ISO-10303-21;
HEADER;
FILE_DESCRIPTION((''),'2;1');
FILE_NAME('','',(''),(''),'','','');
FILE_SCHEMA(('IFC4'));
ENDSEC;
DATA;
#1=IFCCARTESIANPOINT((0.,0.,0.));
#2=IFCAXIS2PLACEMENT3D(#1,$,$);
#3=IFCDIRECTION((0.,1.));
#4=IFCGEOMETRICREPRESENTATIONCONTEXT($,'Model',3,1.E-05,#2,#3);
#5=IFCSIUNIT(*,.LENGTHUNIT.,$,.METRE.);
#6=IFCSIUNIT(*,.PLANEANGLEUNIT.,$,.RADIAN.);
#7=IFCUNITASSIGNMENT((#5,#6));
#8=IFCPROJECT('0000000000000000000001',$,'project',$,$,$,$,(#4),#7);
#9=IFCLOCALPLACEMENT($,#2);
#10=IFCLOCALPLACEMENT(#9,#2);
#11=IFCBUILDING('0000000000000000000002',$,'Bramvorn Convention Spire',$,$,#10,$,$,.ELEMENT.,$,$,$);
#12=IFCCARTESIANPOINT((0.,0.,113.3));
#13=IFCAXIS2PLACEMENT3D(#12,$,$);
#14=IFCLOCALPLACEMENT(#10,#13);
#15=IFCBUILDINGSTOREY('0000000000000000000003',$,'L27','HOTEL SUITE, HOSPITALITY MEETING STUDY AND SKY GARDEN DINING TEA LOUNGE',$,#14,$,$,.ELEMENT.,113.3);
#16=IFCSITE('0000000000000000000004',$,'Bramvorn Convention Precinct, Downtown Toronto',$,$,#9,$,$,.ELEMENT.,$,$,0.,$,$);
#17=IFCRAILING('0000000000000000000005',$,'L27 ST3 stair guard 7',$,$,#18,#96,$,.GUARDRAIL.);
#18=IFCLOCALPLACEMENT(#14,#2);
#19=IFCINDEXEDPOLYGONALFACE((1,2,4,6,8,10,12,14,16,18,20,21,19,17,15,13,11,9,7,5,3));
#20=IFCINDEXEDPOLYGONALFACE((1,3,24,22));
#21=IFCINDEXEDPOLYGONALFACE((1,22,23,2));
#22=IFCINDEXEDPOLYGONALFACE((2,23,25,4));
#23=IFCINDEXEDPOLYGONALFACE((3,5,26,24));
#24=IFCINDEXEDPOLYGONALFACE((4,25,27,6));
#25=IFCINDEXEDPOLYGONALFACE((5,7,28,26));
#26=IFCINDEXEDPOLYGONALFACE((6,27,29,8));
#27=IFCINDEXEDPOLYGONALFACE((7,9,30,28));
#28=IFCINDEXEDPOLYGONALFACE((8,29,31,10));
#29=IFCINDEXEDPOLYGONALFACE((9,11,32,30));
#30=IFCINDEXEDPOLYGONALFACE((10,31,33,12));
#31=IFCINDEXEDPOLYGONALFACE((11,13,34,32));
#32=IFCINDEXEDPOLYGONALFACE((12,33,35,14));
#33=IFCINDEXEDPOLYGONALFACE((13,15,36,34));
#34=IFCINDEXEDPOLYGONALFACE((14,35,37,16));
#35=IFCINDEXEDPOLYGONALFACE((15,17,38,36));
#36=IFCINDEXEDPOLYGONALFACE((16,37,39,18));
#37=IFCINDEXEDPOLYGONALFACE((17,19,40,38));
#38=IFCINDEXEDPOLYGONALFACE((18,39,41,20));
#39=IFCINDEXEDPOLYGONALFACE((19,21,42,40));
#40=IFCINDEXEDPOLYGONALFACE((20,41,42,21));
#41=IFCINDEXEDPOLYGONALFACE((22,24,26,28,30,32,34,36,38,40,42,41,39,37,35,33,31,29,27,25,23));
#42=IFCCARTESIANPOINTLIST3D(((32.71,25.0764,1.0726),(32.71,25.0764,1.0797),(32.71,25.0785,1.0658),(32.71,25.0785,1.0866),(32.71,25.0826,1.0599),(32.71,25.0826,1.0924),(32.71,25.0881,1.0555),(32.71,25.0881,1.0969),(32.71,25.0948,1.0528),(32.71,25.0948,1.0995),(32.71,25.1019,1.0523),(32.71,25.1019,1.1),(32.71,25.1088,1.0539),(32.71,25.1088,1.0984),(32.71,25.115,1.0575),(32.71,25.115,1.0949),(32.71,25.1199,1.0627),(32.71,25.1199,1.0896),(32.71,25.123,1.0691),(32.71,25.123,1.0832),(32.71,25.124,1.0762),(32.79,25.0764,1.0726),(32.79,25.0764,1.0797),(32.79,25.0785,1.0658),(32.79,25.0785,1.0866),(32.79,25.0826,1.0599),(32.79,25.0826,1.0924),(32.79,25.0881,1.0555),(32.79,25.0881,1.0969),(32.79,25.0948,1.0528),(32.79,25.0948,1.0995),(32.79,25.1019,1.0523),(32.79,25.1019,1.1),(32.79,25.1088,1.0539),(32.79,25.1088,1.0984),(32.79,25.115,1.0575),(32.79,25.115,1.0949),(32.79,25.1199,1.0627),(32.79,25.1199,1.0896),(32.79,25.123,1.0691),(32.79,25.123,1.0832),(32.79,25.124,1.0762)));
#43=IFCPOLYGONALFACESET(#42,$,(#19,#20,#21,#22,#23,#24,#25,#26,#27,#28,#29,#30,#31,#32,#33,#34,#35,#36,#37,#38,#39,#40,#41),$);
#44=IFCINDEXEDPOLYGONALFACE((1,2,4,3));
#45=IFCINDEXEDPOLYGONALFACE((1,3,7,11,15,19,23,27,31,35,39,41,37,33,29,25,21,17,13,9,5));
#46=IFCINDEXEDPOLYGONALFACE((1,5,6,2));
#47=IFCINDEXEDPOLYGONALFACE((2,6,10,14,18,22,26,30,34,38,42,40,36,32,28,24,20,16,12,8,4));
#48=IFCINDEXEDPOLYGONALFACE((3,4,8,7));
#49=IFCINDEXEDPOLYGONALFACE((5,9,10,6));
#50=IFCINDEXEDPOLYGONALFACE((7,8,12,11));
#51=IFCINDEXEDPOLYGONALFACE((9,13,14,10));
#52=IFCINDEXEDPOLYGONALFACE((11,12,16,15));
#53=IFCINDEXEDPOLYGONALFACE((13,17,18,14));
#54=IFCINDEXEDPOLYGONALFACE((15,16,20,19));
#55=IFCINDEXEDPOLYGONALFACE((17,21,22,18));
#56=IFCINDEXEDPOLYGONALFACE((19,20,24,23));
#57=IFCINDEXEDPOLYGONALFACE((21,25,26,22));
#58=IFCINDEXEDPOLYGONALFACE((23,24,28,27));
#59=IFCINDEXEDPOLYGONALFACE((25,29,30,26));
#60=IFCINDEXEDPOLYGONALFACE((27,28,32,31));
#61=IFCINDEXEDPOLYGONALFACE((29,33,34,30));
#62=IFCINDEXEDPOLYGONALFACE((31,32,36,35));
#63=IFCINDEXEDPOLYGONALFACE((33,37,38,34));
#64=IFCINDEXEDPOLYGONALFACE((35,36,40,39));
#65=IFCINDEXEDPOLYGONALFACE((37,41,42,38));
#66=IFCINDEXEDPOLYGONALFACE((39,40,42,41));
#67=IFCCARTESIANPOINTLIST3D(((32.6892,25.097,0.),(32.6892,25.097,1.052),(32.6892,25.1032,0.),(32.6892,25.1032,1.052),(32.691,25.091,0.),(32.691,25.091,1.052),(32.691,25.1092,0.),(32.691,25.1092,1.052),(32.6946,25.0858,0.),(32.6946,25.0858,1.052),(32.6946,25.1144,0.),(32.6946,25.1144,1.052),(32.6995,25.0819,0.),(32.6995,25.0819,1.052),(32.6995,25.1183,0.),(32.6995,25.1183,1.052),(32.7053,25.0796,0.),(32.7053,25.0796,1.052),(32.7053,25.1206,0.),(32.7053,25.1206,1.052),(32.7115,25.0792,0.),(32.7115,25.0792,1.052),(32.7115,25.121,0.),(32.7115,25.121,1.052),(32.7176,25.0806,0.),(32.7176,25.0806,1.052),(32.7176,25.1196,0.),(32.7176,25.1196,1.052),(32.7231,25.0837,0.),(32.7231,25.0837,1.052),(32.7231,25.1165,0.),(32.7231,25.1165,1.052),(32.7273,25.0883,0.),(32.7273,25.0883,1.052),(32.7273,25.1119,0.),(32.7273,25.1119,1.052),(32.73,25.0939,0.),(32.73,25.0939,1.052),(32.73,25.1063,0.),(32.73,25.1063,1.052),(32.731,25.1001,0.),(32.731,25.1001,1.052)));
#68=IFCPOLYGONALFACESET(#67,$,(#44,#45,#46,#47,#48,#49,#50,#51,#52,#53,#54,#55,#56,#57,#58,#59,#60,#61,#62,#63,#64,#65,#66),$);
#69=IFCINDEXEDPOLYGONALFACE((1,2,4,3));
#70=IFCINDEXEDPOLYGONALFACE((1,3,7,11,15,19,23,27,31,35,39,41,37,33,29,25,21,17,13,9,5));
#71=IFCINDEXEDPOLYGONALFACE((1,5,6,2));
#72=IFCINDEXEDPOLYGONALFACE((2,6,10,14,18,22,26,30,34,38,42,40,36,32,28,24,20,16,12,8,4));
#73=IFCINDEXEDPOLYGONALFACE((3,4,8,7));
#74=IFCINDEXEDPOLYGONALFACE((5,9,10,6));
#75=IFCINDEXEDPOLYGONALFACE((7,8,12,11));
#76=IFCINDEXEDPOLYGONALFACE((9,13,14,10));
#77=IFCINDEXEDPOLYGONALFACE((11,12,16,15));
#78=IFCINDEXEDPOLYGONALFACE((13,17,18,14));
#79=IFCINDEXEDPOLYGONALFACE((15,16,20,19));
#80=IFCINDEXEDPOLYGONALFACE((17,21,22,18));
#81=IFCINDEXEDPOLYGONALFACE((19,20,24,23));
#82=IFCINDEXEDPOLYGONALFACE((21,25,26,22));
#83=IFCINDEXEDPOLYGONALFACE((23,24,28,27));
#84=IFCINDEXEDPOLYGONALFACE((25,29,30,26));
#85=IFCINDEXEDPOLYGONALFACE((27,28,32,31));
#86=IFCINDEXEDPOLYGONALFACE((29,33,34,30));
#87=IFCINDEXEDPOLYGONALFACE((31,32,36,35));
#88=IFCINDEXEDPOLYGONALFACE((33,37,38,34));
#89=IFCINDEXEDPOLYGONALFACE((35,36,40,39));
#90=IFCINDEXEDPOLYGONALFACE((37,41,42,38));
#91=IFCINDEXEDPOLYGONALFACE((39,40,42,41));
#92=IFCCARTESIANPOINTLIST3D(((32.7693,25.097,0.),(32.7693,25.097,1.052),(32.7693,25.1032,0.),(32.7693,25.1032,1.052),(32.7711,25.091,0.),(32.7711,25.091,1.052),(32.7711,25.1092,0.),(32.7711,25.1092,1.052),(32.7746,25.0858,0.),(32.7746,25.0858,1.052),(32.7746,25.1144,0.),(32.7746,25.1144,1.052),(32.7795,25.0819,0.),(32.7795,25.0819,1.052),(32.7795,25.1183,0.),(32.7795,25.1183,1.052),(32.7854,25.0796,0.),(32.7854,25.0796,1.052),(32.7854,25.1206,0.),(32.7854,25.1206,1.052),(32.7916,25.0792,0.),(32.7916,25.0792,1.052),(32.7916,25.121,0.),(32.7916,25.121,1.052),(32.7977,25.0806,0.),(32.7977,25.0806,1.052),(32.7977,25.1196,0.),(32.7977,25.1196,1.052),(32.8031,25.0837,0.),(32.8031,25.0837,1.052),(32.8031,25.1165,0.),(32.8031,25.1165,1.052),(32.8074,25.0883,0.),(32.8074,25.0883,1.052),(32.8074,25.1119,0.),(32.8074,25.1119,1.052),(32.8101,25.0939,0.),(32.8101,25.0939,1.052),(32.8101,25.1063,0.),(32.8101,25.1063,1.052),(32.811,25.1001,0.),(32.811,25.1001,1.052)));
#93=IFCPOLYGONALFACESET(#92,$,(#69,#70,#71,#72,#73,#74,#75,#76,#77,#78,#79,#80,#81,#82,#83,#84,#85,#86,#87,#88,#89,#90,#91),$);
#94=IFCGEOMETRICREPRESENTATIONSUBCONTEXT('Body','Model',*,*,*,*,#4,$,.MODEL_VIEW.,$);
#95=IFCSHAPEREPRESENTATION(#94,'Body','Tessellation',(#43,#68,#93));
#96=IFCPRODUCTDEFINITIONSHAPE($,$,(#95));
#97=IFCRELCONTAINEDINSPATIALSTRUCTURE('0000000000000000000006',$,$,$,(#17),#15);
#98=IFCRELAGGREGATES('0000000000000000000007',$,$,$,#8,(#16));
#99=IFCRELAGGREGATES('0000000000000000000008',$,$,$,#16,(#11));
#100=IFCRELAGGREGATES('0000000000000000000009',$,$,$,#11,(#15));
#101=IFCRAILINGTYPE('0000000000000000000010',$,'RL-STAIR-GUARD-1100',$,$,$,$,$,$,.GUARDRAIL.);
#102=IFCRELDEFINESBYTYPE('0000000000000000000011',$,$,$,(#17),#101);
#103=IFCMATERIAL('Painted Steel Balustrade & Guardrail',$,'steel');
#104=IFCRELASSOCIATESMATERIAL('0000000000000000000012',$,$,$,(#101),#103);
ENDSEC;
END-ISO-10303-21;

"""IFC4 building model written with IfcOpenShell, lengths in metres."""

from ifc_helpers import new_model, si_unit, direction, frame, origin, origin_2d, place, context, subcontext, project, spatial, circle, extrude, material, type_object, element, save


model = new_model("IFC4")

# Units and contexts
model_context = context("Model", 3, precision=1e-05, world=origin(), true_north=direction((0.0, 1.0)))
body_context = subcontext(model_context, "Body", "Model", "MODEL_VIEW")
ifc_project = project(units=[si_unit("LENGTHUNIT", "METRE"), si_unit("PLANEANGLEUNIT", "RADIAN")], contexts=[model_context])

# Site, building, storey
site_placement = place(None, origin())
site = spatial("IfcSite", under=ifc_project, at=site_placement, Name="Bramvorn Convention Precinct, Downtown Toronto", CompositionType="ELEMENT", RefElevation=0.0)
building_placement = place(site_placement, origin())
building = spatial("IfcBuilding", under=site, at=building_placement, Name="Bramvorn Convention Spire", CompositionType="ELEMENT")
storey_placement = place(building_placement, frame((0.0, 0.0, 113.3)))
storey = spatial("IfcBuildingStorey", under=building, at=storey_placement, Name="L27", Description="HOTEL SUITE, HOSPITALITY MEETING STUDY AND SKY GARDEN DINING TEA LOUNGE", CompositionType="ELEMENT", Elevation=113.3)

# Railing
ifc_material_1 = material(Name="Painted Steel Balustrade & Guardrail", Category="steel")
railing_type_1 = type_object("IfcRailingType", Name="RL-STAIR-GUARD-1100", PredefinedType="GUARDRAIL", material=ifc_material_1)
railing_1_placement = place(storey_placement, frame((32.71, 25.1001, 0.0)))
element("IfcRailing", 1, at=railing_1_placement, inside=storey, type_object=railing_type_1, Name="L27 ST3 stair guard 7", PredefinedType="GUARDRAIL", context=body_context, shape_type="SweptSolid", body=[
    extrude(circle(Radius=0.0239, at=origin_2d()), frame((0.0, 0.0, 1.0762), z_axis=(1.0, 0.0, 0.0), x_axis=(0.0, 1.0, 0.0)), (0.0, 0.0, 1.0), 0.0801),
    extrude(circle(Radius=0.021, at=origin_2d()), origin(), (0.0, 0.0, 1.0), 1.052),
    extrude(circle(Radius=0.021, at=origin_2d()), frame((0.0801, 0.0, 0.0)), (0.0, 0.0, 1.0), 1.052),
])

save(model, "model.ifc")
